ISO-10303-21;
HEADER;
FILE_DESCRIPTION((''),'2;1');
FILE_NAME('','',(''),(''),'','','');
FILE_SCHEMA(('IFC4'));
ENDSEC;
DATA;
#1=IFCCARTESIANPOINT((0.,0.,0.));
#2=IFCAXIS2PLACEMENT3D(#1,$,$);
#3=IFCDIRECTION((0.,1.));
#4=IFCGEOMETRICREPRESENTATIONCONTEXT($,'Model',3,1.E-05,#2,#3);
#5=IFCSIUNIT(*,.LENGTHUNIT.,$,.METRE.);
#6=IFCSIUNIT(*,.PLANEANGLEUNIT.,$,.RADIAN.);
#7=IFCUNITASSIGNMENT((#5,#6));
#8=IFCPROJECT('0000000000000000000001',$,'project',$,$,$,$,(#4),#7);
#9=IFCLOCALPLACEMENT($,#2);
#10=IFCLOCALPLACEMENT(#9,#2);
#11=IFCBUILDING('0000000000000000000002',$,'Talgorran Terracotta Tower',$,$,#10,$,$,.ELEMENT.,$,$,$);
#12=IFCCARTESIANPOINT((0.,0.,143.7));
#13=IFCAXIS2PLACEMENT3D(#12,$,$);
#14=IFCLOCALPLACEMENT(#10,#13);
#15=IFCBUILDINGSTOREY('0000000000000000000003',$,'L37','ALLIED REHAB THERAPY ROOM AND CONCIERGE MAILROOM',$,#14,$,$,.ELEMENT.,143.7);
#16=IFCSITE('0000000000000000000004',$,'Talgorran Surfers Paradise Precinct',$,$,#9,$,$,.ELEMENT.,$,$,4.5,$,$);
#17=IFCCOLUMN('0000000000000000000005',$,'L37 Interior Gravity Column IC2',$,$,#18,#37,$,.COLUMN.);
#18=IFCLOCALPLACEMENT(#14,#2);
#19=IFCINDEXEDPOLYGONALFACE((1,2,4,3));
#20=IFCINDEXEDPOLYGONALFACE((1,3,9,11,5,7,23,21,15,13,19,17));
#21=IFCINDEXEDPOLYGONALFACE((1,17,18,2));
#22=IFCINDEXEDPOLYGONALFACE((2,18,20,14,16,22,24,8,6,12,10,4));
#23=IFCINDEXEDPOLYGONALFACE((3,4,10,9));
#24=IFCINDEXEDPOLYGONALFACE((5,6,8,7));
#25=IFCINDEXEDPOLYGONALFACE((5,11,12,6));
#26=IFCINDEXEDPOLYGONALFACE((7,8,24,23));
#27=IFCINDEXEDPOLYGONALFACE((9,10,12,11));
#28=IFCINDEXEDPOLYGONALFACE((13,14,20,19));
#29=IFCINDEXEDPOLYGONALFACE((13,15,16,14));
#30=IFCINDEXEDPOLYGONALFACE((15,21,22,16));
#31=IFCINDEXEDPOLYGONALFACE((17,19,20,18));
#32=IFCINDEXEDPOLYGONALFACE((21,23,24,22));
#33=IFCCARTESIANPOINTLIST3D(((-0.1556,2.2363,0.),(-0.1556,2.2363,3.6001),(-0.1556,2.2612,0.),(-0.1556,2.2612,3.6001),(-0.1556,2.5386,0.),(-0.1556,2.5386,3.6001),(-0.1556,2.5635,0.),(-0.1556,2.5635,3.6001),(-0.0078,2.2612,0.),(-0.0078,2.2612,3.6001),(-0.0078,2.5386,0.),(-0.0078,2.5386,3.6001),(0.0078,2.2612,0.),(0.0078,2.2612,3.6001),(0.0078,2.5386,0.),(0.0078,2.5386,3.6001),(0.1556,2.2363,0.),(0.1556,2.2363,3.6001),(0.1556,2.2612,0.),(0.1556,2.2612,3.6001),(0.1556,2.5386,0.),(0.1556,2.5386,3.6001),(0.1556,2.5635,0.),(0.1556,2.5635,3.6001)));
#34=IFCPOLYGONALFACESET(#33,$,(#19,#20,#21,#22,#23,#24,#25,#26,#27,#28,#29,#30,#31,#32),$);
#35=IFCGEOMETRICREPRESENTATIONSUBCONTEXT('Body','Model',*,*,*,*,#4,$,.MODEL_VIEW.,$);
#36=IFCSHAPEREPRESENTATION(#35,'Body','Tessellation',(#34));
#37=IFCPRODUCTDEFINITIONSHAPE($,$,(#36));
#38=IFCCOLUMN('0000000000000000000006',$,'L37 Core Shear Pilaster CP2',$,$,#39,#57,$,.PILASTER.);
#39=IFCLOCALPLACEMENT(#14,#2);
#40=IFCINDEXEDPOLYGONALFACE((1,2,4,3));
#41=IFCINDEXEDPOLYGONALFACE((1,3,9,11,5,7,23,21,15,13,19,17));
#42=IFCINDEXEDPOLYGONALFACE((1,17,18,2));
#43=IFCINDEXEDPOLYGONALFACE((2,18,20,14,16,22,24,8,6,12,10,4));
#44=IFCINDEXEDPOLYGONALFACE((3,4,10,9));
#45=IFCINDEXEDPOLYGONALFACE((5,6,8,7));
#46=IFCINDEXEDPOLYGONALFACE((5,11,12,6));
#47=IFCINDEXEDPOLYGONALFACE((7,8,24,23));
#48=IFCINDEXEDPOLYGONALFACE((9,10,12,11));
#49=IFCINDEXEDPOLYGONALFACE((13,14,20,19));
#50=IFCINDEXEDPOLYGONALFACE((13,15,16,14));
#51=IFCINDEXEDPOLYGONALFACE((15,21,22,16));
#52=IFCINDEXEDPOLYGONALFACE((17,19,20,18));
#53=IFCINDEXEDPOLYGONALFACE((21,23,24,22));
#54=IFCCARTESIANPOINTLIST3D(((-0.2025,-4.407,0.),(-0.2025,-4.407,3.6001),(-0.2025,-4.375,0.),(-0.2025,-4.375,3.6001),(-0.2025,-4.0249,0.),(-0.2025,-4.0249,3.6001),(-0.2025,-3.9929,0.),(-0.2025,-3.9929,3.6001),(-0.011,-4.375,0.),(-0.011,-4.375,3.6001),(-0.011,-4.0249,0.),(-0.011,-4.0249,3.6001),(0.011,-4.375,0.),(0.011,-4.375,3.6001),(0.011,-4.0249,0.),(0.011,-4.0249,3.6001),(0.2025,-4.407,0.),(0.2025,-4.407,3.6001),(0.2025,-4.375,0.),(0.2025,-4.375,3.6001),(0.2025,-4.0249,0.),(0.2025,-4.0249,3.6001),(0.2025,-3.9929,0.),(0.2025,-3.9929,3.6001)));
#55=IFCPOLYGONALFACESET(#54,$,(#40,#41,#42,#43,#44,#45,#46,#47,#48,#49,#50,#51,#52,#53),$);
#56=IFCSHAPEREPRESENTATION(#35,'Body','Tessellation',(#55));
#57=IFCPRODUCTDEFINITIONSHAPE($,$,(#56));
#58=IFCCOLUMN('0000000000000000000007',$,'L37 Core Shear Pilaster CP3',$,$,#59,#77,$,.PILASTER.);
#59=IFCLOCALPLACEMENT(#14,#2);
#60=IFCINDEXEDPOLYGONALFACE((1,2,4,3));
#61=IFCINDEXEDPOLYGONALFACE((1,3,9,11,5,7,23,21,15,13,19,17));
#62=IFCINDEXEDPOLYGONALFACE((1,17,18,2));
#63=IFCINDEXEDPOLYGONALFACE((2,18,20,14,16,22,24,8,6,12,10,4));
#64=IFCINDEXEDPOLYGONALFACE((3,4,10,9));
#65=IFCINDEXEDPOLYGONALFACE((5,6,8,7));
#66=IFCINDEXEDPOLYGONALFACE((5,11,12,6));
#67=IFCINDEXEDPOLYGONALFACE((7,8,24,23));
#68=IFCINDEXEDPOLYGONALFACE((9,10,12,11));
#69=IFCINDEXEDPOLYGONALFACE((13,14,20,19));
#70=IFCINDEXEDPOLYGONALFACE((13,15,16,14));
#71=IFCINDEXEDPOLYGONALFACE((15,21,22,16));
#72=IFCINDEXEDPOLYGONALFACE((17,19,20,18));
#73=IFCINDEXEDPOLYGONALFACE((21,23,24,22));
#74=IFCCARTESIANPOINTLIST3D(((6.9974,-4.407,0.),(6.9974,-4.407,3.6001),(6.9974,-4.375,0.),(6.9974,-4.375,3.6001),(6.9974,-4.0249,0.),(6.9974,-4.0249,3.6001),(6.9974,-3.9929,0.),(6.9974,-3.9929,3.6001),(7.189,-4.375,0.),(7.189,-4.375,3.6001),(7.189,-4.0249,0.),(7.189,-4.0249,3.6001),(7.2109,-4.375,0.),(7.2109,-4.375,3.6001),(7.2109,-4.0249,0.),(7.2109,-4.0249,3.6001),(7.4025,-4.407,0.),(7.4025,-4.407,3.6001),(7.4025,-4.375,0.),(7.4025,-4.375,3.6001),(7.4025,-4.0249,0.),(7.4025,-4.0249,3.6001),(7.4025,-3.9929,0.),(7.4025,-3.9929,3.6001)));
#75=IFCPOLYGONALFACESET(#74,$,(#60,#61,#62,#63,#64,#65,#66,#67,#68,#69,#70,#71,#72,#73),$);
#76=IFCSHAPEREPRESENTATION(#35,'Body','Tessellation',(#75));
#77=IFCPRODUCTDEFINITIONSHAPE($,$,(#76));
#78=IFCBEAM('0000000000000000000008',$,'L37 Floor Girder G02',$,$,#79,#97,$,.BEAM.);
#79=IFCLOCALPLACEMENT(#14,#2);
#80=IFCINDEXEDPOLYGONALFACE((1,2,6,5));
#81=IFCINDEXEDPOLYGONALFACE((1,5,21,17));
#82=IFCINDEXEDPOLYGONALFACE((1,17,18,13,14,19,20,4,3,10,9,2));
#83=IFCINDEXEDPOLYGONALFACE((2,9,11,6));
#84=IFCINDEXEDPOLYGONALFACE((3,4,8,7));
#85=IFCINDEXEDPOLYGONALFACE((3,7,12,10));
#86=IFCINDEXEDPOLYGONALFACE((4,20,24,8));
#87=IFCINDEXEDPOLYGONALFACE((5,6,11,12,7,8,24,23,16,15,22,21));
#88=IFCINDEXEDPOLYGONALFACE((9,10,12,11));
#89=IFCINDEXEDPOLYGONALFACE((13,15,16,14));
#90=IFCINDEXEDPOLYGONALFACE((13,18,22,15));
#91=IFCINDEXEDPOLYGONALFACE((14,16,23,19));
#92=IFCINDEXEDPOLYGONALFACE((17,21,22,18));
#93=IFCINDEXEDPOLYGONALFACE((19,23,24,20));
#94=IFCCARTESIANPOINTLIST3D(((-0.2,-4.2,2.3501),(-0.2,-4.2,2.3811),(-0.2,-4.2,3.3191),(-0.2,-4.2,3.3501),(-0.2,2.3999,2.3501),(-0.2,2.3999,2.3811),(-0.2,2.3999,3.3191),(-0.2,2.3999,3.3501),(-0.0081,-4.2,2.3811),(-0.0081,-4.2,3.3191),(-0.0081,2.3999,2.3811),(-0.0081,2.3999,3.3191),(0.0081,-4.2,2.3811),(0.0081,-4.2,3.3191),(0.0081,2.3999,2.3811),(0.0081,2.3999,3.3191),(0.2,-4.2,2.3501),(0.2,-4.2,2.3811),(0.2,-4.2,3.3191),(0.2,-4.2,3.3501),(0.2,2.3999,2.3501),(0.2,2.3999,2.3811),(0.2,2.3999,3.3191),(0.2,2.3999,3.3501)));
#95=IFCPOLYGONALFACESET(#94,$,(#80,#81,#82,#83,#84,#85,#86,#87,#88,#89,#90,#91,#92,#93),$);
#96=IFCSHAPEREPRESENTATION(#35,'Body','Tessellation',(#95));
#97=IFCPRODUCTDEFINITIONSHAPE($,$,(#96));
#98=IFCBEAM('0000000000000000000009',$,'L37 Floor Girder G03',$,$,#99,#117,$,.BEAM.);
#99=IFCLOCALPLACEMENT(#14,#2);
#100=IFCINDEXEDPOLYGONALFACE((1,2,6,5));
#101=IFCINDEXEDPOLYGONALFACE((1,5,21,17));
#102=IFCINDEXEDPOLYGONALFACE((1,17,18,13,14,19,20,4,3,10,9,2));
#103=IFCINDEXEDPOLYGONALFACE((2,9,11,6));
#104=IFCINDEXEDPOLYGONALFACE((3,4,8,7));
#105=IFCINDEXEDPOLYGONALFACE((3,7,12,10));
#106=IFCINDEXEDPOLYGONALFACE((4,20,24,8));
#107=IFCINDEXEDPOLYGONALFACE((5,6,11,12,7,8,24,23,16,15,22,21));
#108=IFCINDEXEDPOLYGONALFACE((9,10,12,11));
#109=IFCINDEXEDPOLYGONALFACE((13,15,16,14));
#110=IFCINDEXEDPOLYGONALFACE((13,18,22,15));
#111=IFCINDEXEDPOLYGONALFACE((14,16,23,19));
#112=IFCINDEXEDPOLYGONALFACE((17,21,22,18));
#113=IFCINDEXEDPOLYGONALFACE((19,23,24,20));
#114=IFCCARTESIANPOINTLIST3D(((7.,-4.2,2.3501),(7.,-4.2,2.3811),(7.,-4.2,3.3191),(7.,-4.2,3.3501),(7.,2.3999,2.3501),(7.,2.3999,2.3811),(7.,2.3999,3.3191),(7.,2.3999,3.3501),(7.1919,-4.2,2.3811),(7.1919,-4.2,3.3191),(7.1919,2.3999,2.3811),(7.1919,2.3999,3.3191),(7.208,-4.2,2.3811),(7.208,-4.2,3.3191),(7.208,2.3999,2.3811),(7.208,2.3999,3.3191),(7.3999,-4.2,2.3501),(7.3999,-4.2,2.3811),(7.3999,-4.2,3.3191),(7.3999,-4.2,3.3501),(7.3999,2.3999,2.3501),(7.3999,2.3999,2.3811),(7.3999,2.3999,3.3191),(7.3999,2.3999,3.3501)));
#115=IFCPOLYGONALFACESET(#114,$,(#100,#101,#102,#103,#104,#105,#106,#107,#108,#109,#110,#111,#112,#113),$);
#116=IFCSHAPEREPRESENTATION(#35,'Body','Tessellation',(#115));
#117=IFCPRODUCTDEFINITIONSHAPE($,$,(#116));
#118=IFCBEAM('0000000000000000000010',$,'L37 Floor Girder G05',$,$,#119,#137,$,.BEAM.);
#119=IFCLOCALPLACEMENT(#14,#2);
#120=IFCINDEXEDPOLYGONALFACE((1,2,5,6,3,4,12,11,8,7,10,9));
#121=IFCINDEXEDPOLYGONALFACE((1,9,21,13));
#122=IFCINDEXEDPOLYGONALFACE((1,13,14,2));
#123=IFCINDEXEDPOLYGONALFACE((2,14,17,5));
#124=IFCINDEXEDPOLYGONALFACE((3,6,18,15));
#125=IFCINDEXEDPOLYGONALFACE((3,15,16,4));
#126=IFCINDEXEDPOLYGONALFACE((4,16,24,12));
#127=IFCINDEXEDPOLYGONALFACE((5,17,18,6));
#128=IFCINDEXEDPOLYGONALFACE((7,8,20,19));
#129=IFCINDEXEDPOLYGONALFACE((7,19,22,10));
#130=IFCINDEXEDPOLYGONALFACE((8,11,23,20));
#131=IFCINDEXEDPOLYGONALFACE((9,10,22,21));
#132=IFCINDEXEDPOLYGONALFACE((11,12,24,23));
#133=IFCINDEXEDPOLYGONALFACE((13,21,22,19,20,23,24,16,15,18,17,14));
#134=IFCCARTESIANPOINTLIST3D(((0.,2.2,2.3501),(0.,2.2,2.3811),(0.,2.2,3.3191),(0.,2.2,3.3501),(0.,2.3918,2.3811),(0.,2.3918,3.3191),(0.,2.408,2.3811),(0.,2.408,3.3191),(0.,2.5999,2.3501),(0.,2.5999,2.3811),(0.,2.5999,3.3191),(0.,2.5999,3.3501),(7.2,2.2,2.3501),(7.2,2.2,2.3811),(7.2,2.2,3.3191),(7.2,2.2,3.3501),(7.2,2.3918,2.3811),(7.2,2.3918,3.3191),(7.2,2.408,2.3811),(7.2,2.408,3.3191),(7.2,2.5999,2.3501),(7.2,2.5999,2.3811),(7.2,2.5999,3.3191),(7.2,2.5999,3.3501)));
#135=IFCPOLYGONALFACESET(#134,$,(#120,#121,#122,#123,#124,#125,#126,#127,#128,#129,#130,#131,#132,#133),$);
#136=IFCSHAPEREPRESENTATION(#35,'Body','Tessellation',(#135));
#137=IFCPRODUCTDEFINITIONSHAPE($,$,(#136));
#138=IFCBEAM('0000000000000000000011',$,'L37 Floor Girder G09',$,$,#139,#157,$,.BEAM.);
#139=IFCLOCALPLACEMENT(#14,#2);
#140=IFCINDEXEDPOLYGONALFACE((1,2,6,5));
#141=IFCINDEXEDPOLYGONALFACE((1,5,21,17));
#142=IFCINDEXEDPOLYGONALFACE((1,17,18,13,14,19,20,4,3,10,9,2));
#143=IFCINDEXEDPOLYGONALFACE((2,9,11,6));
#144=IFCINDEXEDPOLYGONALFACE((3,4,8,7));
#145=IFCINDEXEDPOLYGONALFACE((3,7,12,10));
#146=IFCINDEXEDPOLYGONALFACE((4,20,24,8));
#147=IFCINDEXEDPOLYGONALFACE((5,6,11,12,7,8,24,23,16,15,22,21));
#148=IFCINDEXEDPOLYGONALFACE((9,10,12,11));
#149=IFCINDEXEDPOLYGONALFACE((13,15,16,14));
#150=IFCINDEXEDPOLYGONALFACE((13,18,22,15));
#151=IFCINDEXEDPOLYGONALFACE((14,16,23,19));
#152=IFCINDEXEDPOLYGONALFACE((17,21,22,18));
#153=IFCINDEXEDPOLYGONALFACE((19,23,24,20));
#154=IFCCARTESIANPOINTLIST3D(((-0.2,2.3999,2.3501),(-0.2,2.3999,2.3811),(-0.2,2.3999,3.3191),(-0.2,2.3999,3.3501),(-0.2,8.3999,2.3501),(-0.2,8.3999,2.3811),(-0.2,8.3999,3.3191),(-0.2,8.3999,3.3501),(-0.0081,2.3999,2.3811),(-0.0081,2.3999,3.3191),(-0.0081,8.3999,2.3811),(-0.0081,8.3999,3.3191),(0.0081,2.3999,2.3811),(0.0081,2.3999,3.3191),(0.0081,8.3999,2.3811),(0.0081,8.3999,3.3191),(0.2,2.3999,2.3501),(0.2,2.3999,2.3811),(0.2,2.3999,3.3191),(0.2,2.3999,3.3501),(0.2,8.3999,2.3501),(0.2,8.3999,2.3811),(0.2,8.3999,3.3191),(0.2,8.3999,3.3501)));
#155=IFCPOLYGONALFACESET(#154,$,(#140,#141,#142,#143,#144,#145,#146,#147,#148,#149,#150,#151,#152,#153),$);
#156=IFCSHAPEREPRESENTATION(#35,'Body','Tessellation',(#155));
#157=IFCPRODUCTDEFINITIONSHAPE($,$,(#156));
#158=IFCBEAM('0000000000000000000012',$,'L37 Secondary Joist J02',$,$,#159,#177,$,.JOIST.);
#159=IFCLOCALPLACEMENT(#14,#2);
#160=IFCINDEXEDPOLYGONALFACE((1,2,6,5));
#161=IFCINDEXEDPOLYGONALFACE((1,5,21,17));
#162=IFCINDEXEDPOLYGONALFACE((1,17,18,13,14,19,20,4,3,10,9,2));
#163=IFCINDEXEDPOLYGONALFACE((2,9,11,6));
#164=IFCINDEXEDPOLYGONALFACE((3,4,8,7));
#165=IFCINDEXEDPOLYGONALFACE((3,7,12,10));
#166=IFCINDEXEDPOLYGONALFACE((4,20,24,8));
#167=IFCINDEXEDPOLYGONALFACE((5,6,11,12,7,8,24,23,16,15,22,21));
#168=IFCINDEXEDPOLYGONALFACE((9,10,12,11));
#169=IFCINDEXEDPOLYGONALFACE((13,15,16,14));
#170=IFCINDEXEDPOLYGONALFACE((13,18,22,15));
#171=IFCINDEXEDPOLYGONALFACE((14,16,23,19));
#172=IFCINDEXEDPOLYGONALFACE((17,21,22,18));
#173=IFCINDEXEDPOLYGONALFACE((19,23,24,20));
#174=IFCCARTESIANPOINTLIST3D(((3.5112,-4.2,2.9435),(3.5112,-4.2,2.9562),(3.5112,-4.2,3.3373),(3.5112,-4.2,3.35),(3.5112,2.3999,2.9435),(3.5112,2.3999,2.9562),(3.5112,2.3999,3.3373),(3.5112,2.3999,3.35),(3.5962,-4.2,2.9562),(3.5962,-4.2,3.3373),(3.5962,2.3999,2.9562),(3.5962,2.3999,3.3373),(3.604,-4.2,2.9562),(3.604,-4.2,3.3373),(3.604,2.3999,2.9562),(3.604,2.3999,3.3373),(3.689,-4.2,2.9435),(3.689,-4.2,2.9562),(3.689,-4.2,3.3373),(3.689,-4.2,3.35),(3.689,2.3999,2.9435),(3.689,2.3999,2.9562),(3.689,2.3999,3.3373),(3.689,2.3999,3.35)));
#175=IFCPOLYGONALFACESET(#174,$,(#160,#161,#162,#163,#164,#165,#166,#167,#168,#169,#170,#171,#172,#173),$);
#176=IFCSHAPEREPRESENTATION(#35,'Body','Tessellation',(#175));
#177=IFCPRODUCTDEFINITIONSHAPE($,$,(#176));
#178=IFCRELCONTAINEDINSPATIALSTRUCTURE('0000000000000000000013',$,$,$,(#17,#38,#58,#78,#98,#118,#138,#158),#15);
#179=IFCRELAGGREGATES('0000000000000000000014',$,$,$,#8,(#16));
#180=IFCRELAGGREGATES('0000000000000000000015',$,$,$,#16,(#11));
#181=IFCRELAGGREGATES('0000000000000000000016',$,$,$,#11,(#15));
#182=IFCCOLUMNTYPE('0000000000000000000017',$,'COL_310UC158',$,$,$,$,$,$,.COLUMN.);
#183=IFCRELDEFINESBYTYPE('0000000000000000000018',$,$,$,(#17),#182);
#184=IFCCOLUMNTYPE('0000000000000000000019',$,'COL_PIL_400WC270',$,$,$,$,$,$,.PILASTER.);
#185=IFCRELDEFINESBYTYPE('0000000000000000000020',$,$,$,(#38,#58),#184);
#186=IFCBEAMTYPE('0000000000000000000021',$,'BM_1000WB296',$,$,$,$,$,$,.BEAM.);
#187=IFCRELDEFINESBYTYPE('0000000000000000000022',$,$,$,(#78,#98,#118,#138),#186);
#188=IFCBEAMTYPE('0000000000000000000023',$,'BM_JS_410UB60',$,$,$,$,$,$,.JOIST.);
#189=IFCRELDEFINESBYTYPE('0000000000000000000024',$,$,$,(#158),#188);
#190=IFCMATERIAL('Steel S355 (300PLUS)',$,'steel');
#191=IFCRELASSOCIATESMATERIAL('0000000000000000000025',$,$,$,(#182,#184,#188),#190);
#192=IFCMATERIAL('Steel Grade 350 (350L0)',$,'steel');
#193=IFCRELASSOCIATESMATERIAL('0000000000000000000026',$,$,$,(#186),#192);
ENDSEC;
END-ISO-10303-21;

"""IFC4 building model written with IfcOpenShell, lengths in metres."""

from ifc_helpers import new_model, si_unit, direction, frame, origin, origin_2d, place, context, subcontext, project, spatial, i_section, extrude, material, material_profile, profile_set, type_object, element, save


model = new_model("IFC4")

# Units and contexts
model_context = context("Model", 3, precision=1e-05, world=origin(), true_north=direction((0.0, 1.0)))
body_context = subcontext(model_context, "Body", "Model", "MODEL_VIEW")
ifc_project = project(units=[si_unit("LENGTHUNIT", "METRE"), si_unit("PLANEANGLEUNIT", "RADIAN")], contexts=[model_context])

# Site, building, storey
site_placement = place(None, origin())
site = spatial("IfcSite", under=ifc_project, at=site_placement, Name="Talgorran Surfers Paradise Precinct", CompositionType="ELEMENT", RefElevation=4.5)
building_placement = place(site_placement, origin())
building = spatial("IfcBuilding", under=site, at=building_placement, Name="Talgorran Terracotta Tower", CompositionType="ELEMENT")
storey_placement = place(building_placement, frame((0.0, 0.0, 143.7)))
storey = spatial("IfcBuildingStorey", under=building, at=storey_placement, Name="L37", Description="ALLIED REHAB THERAPY ROOM AND CONCIERGE MAILROOM", CompositionType="ELEMENT", Elevation=143.7)

# Columns
ifc_material_1 = material(Name="Steel S355 (300PLUS)", Category="steel")
ifc_material_profile_1 = material_profile(ifc_material_1, i_section(OverallWidth=0.3113, OverallDepth=0.3271, WebThickness=0.0156, FlangeThickness=0.0249, at=origin_2d()), Name="310UC158")
ifc_profile_set_1 = profile_set([ifc_material_profile_1], Name="Steel S355 (300PLUS)")
column_type_1 = type_object("IfcColumnType", Name="COL_310UC158", PredefinedType="COLUMN", material=ifc_profile_set_1)
column_placement = place(storey_placement, frame((0.0, 2.3999, 0.0), z_axis=(0.0, 0.0, 1.0), x_axis=(1.0, 0.0, 0.0)))
element("IfcColumn", 1, at=column_placement, inside=storey, type_object=column_type_1, Name="L37 Interior Gravity Column IC2", PredefinedType="COLUMN", context=body_context, shape_type="SweptSolid", body=[
    extrude(i_section(OverallWidth=0.3113, OverallDepth=0.3271, WebThickness=0.0156, FlangeThickness=0.0249, at=origin_2d()), origin(), (0.0, 0.0, 1.0), 3.6001),
])
ifc_material_profile_2 = material_profile(ifc_material_1, i_section(OverallWidth=0.405, OverallDepth=0.4141, WebThickness=0.022, FlangeThickness=0.032, at=origin_2d()), Name="400WC270")
ifc_profile_set_2 = profile_set([ifc_material_profile_2], Name="Steel S355 (300PLUS)")
column_type_2 = type_object("IfcColumnType", Name="COL_PIL_400WC270", PredefinedType="PILASTER", material=ifc_profile_set_2)
for number, where, z_axis, x_axis, name in (
    (2, (0.0, -4.2, 0.0), (0.0, 0.0, 1.0), (1.0, 0.0, 0.0), "L37 Core Shear Pilaster CP2"),
    (3, (7.2, -4.2, 0.0), (0.0, 0.0, 1.0), (1.0, 0.0, 0.0), "L37 Core Shear Pilaster CP3"),
):
    element("IfcColumn", number, at=place(storey_placement, frame(where, z_axis=z_axis, x_axis=x_axis)), inside=storey, type_object=column_type_2, Name=name, PredefinedType="PILASTER", context=body_context, shape_type="SweptSolid", body=[
        extrude(i_section(OverallWidth=0.405, OverallDepth=0.4141, WebThickness=0.022, FlangeThickness=0.032, at=origin_2d()), origin(), (0.0, 0.0, 1.0), 3.6001),
    ])

# Beams
ifc_material_2 = material(Name="Steel Grade 350 (350L0)", Category="steel")
ifc_material_profile_3 = material_profile(ifc_material_2, i_section(OverallWidth=0.3999, OverallDepth=1.0, WebThickness=0.0161, FlangeThickness=0.031, at=origin_2d()), Name="1000WB296")
ifc_profile_set_3 = profile_set([ifc_material_profile_3], Name="Steel Grade 350 (350L0)")
beam_type_1 = type_object("IfcBeamType", Name="BM_1000WB296", PredefinedType="BEAM", material=ifc_profile_set_3)
for number, where, z_axis, x_axis, name in (
    (4, (0.0, -4.2, 2.8501), (0.0, 1.0, 0.0), (-1.0, 0.0, 0.0), "L37 Floor Girder G02"),
    (5, (7.2, -4.2, 2.8501), (0.0, 1.0, 0.0), (-1.0, 0.0, 0.0), "L37 Floor Girder G03"),
):
    element("IfcBeam", number, at=place(storey_placement, frame(where, z_axis=z_axis, x_axis=x_axis)), inside=storey, type_object=beam_type_1, Name=name, PredefinedType="BEAM", context=body_context, shape_type="SweptSolid", body=[
        extrude(i_section(OverallWidth=0.3999, OverallDepth=1.0, WebThickness=0.0161, FlangeThickness=0.031, at=origin_2d()), origin(), (0.0, 0.0, 1.0), 6.5999),
    ])
beam_1_placement = place(storey_placement, frame((0.0, 2.3999, 2.8501), z_axis=(1.0, 0.0, 0.0), x_axis=(0.0, 1.0, 0.0)))
element("IfcBeam", 6, at=beam_1_placement, inside=storey, type_object=beam_type_1, Name="L37 Floor Girder G05", PredefinedType="BEAM", context=body_context, shape_type="SweptSolid", body=[
    extrude(i_section(OverallWidth=0.3999, OverallDepth=1.0, WebThickness=0.0161, FlangeThickness=0.031, at=origin_2d()), origin(), (0.0, 0.0, 1.0), 7.2),
])
beam_2_placement = place(storey_placement, frame((0.0, 2.3999, 2.8501), z_axis=(0.0, 1.0, 0.0), x_axis=(-1.0, 0.0, 0.0)))
element("IfcBeam", 7, at=beam_2_placement, inside=storey, type_object=beam_type_1, Name="L37 Floor Girder G09", PredefinedType="BEAM", context=body_context, shape_type="SweptSolid", body=[
    extrude(i_section(OverallWidth=0.3999, OverallDepth=1.0, WebThickness=0.0161, FlangeThickness=0.031, at=origin_2d()), origin(), (0.0, 0.0, 1.0), 6.0),
])
ifc_material_profile_4 = material_profile(ifc_material_1, i_section(OverallWidth=0.1777, OverallDepth=0.4065, WebThickness=0.0078, FlangeThickness=0.0127, at=origin_2d()), Name="410UB59.7")
ifc_profile_set_4 = profile_set([ifc_material_profile_4], Name="Steel S355 (300PLUS)")
beam_type_2 = type_object("IfcBeamType", Name="BM_JS_410UB60", PredefinedType="JOIST", material=ifc_profile_set_4)
beam_3_placement = place(storey_placement, frame((3.6001, -4.2, 3.1467), z_axis=(0.0, 1.0, 0.0), x_axis=(-1.0, 0.0, 0.0)))
element("IfcBeam", 8, at=beam_3_placement, inside=storey, type_object=beam_type_2, Name="L37 Secondary Joist J02", PredefinedType="JOIST", context=body_context, shape_type="SweptSolid", body=[
    extrude(i_section(OverallWidth=0.1777, OverallDepth=0.4065, WebThickness=0.0078, FlangeThickness=0.0127, at=origin_2d()), origin(), (0.0, 0.0, 1.0), 6.5999),
])

save(model, "model.ifc")
